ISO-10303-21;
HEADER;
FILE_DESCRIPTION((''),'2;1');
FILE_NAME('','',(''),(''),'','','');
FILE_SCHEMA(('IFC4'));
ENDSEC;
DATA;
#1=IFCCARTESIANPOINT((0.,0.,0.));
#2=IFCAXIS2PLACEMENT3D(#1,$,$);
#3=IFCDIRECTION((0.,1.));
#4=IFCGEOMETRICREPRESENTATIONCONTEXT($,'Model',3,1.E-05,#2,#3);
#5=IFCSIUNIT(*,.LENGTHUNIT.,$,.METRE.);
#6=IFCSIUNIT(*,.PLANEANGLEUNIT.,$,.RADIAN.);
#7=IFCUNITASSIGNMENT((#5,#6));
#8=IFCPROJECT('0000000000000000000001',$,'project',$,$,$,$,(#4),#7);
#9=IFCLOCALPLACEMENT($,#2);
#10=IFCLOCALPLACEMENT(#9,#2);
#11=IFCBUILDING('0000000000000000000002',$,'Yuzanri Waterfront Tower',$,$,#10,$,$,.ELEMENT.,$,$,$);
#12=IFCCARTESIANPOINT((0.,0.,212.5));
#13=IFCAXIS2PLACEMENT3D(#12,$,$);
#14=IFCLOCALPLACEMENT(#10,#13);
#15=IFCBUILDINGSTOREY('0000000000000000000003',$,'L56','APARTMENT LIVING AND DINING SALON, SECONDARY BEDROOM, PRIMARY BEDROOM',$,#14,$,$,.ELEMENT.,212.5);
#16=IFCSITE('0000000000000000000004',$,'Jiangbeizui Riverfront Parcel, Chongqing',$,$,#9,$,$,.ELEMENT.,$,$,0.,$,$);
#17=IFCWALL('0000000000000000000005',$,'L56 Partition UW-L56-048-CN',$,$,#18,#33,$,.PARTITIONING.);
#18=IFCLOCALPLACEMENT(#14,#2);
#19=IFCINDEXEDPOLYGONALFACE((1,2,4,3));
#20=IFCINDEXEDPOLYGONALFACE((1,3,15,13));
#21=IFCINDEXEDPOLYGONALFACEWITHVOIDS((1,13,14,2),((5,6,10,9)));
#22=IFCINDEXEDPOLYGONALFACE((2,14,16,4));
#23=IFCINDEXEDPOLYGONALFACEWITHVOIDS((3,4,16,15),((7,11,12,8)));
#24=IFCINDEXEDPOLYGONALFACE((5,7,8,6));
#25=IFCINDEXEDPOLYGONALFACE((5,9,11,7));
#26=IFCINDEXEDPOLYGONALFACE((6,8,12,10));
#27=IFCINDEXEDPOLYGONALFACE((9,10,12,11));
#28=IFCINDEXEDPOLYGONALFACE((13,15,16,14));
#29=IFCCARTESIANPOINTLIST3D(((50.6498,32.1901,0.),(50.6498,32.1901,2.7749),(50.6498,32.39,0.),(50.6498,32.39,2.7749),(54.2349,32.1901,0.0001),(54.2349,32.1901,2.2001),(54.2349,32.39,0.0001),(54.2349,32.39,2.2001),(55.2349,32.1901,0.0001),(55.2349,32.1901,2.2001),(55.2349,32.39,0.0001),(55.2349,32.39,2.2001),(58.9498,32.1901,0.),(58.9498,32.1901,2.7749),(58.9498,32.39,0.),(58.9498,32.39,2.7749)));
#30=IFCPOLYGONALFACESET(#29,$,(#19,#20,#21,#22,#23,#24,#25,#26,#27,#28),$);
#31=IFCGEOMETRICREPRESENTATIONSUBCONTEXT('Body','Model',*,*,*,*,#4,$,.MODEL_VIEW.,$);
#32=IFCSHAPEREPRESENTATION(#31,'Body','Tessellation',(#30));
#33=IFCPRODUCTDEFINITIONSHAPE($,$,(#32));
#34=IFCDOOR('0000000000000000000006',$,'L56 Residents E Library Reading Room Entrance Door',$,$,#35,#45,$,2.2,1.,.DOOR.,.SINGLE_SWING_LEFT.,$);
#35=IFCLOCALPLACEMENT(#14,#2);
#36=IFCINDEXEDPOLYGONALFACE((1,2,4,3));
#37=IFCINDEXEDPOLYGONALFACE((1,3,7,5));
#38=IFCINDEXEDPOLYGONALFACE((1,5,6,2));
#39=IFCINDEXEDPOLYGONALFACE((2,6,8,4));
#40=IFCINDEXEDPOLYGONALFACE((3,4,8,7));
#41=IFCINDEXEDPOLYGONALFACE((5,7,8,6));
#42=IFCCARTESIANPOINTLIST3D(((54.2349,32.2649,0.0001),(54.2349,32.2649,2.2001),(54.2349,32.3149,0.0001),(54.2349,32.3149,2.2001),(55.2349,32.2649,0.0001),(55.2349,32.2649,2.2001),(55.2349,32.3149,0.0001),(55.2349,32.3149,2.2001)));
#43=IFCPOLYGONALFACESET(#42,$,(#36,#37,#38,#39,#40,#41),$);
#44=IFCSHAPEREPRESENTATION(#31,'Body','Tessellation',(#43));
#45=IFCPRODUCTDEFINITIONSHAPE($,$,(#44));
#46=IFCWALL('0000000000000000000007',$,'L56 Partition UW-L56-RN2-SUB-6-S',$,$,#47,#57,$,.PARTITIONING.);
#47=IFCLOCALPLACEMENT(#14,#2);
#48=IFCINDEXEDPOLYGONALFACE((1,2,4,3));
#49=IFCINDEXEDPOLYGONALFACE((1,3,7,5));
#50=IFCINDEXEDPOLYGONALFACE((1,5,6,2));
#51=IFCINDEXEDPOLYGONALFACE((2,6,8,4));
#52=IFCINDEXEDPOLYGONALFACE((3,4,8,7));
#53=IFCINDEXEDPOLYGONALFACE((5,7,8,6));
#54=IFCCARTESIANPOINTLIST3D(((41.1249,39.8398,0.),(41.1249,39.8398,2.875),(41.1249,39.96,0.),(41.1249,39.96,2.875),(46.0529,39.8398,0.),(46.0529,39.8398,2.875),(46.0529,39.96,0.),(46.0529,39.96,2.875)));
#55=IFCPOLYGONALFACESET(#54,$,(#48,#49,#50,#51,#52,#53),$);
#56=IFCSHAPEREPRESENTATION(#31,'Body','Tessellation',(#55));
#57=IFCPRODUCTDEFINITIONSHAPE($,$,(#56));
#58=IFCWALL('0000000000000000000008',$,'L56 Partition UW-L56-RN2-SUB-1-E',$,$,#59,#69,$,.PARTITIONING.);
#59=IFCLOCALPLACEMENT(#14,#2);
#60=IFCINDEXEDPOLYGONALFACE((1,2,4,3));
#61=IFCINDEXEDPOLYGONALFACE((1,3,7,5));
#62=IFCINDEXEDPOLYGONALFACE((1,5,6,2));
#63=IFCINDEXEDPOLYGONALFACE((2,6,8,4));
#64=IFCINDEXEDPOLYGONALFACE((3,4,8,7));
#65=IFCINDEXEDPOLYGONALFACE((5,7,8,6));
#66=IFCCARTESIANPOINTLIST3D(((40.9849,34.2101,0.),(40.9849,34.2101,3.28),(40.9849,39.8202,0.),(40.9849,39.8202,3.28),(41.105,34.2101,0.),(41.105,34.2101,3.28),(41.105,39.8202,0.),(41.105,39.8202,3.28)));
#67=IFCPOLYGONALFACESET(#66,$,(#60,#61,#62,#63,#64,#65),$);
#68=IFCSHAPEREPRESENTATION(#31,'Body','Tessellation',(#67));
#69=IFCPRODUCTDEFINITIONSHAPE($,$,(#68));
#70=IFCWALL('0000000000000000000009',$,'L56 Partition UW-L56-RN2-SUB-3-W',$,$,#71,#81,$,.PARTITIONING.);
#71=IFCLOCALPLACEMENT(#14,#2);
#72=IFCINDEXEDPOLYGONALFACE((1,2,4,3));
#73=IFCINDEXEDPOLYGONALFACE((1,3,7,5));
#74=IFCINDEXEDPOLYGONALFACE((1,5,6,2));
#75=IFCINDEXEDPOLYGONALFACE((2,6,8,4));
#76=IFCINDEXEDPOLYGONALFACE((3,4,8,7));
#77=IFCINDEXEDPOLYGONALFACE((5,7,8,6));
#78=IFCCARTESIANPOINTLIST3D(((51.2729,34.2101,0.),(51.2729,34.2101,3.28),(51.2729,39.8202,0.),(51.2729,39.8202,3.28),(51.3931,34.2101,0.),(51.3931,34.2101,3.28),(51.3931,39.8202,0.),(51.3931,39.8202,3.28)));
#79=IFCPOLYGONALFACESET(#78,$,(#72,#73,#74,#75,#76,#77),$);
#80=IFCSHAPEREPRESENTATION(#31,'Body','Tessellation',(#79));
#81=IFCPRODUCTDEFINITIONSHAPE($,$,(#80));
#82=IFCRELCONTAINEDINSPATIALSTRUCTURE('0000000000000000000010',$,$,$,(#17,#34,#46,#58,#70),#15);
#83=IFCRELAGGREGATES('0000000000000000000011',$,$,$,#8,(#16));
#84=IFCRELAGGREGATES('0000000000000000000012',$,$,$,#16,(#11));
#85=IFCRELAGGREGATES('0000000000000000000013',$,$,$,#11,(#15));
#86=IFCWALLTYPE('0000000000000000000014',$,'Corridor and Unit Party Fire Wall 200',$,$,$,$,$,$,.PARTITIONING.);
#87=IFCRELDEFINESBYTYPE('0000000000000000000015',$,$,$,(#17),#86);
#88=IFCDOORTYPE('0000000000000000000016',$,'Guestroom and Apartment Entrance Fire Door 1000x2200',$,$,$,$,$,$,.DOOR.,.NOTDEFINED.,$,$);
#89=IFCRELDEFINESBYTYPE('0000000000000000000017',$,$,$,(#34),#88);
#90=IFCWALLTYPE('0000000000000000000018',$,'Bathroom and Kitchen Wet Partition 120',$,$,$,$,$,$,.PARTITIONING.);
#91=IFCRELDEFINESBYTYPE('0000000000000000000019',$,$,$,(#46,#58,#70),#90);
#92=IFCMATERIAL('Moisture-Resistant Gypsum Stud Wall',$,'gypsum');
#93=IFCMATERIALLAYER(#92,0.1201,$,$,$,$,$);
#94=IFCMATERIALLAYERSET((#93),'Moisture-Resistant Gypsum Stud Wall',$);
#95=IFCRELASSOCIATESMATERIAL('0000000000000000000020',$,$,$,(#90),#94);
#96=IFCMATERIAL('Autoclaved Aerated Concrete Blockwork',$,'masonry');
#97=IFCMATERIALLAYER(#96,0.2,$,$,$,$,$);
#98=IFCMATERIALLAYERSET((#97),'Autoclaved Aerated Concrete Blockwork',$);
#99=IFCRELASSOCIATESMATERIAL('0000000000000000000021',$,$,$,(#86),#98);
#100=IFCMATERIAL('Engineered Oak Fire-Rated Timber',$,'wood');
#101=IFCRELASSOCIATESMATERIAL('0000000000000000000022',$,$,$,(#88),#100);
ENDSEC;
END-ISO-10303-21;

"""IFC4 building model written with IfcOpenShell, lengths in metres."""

from ifc_helpers import new_model, si_unit, direction, frame, frame_2d, origin, place, context, subcontext, project, spatial, rectangle, extrude, source, transform, mapped, material, layer, layer_set, type_object, element, fill, save


model = new_model("IFC4")

# Units and contexts
model_context = context("Model", 3, precision=1e-05, world=origin(), true_north=direction((0.0, 1.0)))
body_context = subcontext(model_context, "Body", "Model", "MODEL_VIEW")
ifc_project = project(units=[si_unit("LENGTHUNIT", "METRE"), si_unit("PLANEANGLEUNIT", "RADIAN")], contexts=[model_context])

# Site, building, storey
site_placement = place(None, origin())
site = spatial("IfcSite", under=ifc_project, at=site_placement, Name="Jiangbeizui Riverfront Parcel, Chongqing", CompositionType="ELEMENT", RefElevation=0.0)
building_placement = place(site_placement, origin())
building = spatial("IfcBuilding", under=site, at=building_placement, Name="Yuzanri Waterfront Tower", CompositionType="ELEMENT")
storey_placement = place(building_placement, frame((0.0, 0.0, 212.5)))
storey = spatial("IfcBuildingStorey", under=building, at=storey_placement, Name="L56", Description="APARTMENT LIVING AND DINING SALON, SECONDARY BEDROOM, PRIMARY BEDROOM", CompositionType="ELEMENT", Elevation=212.5)

# Wall, opening, door
ifc_material_1 = material(Name="Moisture-Resistant Gypsum Stud Wall", Category="gypsum")
ifc_layer_1 = layer(ifc_material_1, 0.1201)
ifc_layer_set_1 = layer_set([ifc_layer_1], Name="Moisture-Resistant Gypsum Stud Wall")
wall_type_1 = type_object("IfcWallType", Name="Bathroom and Kitchen Wet Partition 120", PredefinedType="PARTITIONING", material=ifc_layer_set_1)
ifc_material_2 = material(Name="Autoclaved Aerated Concrete Blockwork", Category="masonry")
ifc_layer_2 = layer(ifc_material_2, 0.2)
ifc_layer_set_2 = layer_set([ifc_layer_2], Name="Autoclaved Aerated Concrete Blockwork")
wall_type_2 = type_object("IfcWallType", Name="Corridor and Unit Party Fire Wall 200", PredefinedType="PARTITIONING", material=ifc_layer_set_2)
wall_1_placement = place(storey_placement, frame((50.6499, 32.29, 0.0), z_axis=(0.0, 0.0, 1.0), x_axis=(1.0, 0.0, 0.0)))
wall_1 = element("IfcWall", 1, at=wall_1_placement, inside=storey, type_object=wall_type_2, Name="L56 Partition UW-L56-048-CN", PredefinedType="PARTITIONING", context=body_context, shape_type="SweptSolid", body=[
    extrude(rectangle(XDim=8.3, YDim=0.2, at=frame_2d((4.1499, 0.0))), origin(), (0.0, 0.0, 1.0), 2.7749),
])
opening_1_placement = place(wall_1_placement, frame((3.585, 0.0, 0.0)))
opening_1 = element("IfcOpeningElement", 2, at=opening_1_placement, cuts=wall_1, PredefinedType="OPENING", context=body_context, shape_type="SweptSolid", body=[
    extrude(rectangle(XDim=1.0, YDim=2.2, at=frame_2d((0.5, 1.1001))), frame((0.0, 0.1147, 0.0), z_axis=(0.0, -1.0, 0.0), x_axis=(1.0, 0.0, 0.0)), (0.0, 0.0, 1.0), 0.2297),
])
ifc_material_3 = material(Name="Engineered Oak Fire-Rated Timber", Category="wood")
door_type_1 = type_object("IfcDoorType", Name="Guestroom and Apartment Entrance Fire Door 1000x2200", OperationType="NOTDEFINED", PredefinedType="DOOR", material=ifc_material_3)
shared_shape_1 = source(origin(), body_context, "Body", "SweptSolid", [
    extrude(rectangle(XDim=1.0, YDim=2.2, at=frame_2d((0.5, 1.1001))), frame((0.0, 0.0249, 0.0), z_axis=(0.0, -1.0, 0.0), x_axis=(1.0, 0.0, 0.0)), (0.0, 0.0, 1.0), 0.05),
])
door_1_placement = place(opening_1_placement, origin())
door_1 = element("IfcDoor", 3, at=door_1_placement, inside=storey, type_object=door_type_1, Name="L56 Residents E Library Reading Room Entrance Door", OperationType="SINGLE_SWING_LEFT", OverallHeight=2.2, OverallWidth=1.0, PredefinedType="DOOR", context=body_context, shape_type="MappedRepresentation", body=[
    mapped(shared_shape_1, transform((0.0, 0.0, 0.0), scale=1.0)),
])
fill(opening_1, door_1)

# Walls
shared_shape_2 = source(origin(), body_context, "Body", "SweptSolid", [
    extrude(rectangle(XDim=4.928, YDim=0.1201, at=frame_2d((2.4639, 0.0))), origin(), (0.0, 0.0, 1.0), 2.875),
])
wall_2_placement = place(storey_placement, frame((41.125, 39.8999, 0.0), z_axis=(0.0, 0.0, 1.0), x_axis=(1.0, 0.0, 0.0)))
element("IfcWall", 4, at=wall_2_placement, inside=storey, type_object=wall_type_1, Name="L56 Partition UW-L56-RN2-SUB-6-S", PredefinedType="PARTITIONING", context=body_context, shape_type="MappedRepresentation", body=[
    mapped(shared_shape_2, transform((0.0, 0.0, 0.0), scale=1.0)),
])
shared_shape_3 = source(origin(), body_context, "Body", "SweptSolid", [
    extrude(rectangle(XDim=5.6101, YDim=0.1201, at=frame_2d((2.8052, 0.0))), origin(), (0.0, 0.0, 1.0), 3.28),
])
for number, where, z_axis, x_axis, name in (
    (5, (41.0449, 34.21, 0.0), (0.0, 0.0, 1.0), (0.0, 1.0, 0.0), "L56 Partition UW-L56-RN2-SUB-1-E"),
    (6, (51.333, 34.21, 0.0), (0.0, 0.0, 1.0), (0.0, 1.0, 0.0), "L56 Partition UW-L56-RN2-SUB-3-W"),
):
    element("IfcWall", number, at=place(storey_placement, frame(where, z_axis=z_axis, x_axis=x_axis)), inside=storey, type_object=wall_type_1, Name=name, PredefinedType="PARTITIONING", context=body_context, shape_type="MappedRepresentation", body=[
        mapped(shared_shape_3, transform((0.0, 0.0, 0.0), scale=1.0)),
    ])

save(model, "model.ifc")
